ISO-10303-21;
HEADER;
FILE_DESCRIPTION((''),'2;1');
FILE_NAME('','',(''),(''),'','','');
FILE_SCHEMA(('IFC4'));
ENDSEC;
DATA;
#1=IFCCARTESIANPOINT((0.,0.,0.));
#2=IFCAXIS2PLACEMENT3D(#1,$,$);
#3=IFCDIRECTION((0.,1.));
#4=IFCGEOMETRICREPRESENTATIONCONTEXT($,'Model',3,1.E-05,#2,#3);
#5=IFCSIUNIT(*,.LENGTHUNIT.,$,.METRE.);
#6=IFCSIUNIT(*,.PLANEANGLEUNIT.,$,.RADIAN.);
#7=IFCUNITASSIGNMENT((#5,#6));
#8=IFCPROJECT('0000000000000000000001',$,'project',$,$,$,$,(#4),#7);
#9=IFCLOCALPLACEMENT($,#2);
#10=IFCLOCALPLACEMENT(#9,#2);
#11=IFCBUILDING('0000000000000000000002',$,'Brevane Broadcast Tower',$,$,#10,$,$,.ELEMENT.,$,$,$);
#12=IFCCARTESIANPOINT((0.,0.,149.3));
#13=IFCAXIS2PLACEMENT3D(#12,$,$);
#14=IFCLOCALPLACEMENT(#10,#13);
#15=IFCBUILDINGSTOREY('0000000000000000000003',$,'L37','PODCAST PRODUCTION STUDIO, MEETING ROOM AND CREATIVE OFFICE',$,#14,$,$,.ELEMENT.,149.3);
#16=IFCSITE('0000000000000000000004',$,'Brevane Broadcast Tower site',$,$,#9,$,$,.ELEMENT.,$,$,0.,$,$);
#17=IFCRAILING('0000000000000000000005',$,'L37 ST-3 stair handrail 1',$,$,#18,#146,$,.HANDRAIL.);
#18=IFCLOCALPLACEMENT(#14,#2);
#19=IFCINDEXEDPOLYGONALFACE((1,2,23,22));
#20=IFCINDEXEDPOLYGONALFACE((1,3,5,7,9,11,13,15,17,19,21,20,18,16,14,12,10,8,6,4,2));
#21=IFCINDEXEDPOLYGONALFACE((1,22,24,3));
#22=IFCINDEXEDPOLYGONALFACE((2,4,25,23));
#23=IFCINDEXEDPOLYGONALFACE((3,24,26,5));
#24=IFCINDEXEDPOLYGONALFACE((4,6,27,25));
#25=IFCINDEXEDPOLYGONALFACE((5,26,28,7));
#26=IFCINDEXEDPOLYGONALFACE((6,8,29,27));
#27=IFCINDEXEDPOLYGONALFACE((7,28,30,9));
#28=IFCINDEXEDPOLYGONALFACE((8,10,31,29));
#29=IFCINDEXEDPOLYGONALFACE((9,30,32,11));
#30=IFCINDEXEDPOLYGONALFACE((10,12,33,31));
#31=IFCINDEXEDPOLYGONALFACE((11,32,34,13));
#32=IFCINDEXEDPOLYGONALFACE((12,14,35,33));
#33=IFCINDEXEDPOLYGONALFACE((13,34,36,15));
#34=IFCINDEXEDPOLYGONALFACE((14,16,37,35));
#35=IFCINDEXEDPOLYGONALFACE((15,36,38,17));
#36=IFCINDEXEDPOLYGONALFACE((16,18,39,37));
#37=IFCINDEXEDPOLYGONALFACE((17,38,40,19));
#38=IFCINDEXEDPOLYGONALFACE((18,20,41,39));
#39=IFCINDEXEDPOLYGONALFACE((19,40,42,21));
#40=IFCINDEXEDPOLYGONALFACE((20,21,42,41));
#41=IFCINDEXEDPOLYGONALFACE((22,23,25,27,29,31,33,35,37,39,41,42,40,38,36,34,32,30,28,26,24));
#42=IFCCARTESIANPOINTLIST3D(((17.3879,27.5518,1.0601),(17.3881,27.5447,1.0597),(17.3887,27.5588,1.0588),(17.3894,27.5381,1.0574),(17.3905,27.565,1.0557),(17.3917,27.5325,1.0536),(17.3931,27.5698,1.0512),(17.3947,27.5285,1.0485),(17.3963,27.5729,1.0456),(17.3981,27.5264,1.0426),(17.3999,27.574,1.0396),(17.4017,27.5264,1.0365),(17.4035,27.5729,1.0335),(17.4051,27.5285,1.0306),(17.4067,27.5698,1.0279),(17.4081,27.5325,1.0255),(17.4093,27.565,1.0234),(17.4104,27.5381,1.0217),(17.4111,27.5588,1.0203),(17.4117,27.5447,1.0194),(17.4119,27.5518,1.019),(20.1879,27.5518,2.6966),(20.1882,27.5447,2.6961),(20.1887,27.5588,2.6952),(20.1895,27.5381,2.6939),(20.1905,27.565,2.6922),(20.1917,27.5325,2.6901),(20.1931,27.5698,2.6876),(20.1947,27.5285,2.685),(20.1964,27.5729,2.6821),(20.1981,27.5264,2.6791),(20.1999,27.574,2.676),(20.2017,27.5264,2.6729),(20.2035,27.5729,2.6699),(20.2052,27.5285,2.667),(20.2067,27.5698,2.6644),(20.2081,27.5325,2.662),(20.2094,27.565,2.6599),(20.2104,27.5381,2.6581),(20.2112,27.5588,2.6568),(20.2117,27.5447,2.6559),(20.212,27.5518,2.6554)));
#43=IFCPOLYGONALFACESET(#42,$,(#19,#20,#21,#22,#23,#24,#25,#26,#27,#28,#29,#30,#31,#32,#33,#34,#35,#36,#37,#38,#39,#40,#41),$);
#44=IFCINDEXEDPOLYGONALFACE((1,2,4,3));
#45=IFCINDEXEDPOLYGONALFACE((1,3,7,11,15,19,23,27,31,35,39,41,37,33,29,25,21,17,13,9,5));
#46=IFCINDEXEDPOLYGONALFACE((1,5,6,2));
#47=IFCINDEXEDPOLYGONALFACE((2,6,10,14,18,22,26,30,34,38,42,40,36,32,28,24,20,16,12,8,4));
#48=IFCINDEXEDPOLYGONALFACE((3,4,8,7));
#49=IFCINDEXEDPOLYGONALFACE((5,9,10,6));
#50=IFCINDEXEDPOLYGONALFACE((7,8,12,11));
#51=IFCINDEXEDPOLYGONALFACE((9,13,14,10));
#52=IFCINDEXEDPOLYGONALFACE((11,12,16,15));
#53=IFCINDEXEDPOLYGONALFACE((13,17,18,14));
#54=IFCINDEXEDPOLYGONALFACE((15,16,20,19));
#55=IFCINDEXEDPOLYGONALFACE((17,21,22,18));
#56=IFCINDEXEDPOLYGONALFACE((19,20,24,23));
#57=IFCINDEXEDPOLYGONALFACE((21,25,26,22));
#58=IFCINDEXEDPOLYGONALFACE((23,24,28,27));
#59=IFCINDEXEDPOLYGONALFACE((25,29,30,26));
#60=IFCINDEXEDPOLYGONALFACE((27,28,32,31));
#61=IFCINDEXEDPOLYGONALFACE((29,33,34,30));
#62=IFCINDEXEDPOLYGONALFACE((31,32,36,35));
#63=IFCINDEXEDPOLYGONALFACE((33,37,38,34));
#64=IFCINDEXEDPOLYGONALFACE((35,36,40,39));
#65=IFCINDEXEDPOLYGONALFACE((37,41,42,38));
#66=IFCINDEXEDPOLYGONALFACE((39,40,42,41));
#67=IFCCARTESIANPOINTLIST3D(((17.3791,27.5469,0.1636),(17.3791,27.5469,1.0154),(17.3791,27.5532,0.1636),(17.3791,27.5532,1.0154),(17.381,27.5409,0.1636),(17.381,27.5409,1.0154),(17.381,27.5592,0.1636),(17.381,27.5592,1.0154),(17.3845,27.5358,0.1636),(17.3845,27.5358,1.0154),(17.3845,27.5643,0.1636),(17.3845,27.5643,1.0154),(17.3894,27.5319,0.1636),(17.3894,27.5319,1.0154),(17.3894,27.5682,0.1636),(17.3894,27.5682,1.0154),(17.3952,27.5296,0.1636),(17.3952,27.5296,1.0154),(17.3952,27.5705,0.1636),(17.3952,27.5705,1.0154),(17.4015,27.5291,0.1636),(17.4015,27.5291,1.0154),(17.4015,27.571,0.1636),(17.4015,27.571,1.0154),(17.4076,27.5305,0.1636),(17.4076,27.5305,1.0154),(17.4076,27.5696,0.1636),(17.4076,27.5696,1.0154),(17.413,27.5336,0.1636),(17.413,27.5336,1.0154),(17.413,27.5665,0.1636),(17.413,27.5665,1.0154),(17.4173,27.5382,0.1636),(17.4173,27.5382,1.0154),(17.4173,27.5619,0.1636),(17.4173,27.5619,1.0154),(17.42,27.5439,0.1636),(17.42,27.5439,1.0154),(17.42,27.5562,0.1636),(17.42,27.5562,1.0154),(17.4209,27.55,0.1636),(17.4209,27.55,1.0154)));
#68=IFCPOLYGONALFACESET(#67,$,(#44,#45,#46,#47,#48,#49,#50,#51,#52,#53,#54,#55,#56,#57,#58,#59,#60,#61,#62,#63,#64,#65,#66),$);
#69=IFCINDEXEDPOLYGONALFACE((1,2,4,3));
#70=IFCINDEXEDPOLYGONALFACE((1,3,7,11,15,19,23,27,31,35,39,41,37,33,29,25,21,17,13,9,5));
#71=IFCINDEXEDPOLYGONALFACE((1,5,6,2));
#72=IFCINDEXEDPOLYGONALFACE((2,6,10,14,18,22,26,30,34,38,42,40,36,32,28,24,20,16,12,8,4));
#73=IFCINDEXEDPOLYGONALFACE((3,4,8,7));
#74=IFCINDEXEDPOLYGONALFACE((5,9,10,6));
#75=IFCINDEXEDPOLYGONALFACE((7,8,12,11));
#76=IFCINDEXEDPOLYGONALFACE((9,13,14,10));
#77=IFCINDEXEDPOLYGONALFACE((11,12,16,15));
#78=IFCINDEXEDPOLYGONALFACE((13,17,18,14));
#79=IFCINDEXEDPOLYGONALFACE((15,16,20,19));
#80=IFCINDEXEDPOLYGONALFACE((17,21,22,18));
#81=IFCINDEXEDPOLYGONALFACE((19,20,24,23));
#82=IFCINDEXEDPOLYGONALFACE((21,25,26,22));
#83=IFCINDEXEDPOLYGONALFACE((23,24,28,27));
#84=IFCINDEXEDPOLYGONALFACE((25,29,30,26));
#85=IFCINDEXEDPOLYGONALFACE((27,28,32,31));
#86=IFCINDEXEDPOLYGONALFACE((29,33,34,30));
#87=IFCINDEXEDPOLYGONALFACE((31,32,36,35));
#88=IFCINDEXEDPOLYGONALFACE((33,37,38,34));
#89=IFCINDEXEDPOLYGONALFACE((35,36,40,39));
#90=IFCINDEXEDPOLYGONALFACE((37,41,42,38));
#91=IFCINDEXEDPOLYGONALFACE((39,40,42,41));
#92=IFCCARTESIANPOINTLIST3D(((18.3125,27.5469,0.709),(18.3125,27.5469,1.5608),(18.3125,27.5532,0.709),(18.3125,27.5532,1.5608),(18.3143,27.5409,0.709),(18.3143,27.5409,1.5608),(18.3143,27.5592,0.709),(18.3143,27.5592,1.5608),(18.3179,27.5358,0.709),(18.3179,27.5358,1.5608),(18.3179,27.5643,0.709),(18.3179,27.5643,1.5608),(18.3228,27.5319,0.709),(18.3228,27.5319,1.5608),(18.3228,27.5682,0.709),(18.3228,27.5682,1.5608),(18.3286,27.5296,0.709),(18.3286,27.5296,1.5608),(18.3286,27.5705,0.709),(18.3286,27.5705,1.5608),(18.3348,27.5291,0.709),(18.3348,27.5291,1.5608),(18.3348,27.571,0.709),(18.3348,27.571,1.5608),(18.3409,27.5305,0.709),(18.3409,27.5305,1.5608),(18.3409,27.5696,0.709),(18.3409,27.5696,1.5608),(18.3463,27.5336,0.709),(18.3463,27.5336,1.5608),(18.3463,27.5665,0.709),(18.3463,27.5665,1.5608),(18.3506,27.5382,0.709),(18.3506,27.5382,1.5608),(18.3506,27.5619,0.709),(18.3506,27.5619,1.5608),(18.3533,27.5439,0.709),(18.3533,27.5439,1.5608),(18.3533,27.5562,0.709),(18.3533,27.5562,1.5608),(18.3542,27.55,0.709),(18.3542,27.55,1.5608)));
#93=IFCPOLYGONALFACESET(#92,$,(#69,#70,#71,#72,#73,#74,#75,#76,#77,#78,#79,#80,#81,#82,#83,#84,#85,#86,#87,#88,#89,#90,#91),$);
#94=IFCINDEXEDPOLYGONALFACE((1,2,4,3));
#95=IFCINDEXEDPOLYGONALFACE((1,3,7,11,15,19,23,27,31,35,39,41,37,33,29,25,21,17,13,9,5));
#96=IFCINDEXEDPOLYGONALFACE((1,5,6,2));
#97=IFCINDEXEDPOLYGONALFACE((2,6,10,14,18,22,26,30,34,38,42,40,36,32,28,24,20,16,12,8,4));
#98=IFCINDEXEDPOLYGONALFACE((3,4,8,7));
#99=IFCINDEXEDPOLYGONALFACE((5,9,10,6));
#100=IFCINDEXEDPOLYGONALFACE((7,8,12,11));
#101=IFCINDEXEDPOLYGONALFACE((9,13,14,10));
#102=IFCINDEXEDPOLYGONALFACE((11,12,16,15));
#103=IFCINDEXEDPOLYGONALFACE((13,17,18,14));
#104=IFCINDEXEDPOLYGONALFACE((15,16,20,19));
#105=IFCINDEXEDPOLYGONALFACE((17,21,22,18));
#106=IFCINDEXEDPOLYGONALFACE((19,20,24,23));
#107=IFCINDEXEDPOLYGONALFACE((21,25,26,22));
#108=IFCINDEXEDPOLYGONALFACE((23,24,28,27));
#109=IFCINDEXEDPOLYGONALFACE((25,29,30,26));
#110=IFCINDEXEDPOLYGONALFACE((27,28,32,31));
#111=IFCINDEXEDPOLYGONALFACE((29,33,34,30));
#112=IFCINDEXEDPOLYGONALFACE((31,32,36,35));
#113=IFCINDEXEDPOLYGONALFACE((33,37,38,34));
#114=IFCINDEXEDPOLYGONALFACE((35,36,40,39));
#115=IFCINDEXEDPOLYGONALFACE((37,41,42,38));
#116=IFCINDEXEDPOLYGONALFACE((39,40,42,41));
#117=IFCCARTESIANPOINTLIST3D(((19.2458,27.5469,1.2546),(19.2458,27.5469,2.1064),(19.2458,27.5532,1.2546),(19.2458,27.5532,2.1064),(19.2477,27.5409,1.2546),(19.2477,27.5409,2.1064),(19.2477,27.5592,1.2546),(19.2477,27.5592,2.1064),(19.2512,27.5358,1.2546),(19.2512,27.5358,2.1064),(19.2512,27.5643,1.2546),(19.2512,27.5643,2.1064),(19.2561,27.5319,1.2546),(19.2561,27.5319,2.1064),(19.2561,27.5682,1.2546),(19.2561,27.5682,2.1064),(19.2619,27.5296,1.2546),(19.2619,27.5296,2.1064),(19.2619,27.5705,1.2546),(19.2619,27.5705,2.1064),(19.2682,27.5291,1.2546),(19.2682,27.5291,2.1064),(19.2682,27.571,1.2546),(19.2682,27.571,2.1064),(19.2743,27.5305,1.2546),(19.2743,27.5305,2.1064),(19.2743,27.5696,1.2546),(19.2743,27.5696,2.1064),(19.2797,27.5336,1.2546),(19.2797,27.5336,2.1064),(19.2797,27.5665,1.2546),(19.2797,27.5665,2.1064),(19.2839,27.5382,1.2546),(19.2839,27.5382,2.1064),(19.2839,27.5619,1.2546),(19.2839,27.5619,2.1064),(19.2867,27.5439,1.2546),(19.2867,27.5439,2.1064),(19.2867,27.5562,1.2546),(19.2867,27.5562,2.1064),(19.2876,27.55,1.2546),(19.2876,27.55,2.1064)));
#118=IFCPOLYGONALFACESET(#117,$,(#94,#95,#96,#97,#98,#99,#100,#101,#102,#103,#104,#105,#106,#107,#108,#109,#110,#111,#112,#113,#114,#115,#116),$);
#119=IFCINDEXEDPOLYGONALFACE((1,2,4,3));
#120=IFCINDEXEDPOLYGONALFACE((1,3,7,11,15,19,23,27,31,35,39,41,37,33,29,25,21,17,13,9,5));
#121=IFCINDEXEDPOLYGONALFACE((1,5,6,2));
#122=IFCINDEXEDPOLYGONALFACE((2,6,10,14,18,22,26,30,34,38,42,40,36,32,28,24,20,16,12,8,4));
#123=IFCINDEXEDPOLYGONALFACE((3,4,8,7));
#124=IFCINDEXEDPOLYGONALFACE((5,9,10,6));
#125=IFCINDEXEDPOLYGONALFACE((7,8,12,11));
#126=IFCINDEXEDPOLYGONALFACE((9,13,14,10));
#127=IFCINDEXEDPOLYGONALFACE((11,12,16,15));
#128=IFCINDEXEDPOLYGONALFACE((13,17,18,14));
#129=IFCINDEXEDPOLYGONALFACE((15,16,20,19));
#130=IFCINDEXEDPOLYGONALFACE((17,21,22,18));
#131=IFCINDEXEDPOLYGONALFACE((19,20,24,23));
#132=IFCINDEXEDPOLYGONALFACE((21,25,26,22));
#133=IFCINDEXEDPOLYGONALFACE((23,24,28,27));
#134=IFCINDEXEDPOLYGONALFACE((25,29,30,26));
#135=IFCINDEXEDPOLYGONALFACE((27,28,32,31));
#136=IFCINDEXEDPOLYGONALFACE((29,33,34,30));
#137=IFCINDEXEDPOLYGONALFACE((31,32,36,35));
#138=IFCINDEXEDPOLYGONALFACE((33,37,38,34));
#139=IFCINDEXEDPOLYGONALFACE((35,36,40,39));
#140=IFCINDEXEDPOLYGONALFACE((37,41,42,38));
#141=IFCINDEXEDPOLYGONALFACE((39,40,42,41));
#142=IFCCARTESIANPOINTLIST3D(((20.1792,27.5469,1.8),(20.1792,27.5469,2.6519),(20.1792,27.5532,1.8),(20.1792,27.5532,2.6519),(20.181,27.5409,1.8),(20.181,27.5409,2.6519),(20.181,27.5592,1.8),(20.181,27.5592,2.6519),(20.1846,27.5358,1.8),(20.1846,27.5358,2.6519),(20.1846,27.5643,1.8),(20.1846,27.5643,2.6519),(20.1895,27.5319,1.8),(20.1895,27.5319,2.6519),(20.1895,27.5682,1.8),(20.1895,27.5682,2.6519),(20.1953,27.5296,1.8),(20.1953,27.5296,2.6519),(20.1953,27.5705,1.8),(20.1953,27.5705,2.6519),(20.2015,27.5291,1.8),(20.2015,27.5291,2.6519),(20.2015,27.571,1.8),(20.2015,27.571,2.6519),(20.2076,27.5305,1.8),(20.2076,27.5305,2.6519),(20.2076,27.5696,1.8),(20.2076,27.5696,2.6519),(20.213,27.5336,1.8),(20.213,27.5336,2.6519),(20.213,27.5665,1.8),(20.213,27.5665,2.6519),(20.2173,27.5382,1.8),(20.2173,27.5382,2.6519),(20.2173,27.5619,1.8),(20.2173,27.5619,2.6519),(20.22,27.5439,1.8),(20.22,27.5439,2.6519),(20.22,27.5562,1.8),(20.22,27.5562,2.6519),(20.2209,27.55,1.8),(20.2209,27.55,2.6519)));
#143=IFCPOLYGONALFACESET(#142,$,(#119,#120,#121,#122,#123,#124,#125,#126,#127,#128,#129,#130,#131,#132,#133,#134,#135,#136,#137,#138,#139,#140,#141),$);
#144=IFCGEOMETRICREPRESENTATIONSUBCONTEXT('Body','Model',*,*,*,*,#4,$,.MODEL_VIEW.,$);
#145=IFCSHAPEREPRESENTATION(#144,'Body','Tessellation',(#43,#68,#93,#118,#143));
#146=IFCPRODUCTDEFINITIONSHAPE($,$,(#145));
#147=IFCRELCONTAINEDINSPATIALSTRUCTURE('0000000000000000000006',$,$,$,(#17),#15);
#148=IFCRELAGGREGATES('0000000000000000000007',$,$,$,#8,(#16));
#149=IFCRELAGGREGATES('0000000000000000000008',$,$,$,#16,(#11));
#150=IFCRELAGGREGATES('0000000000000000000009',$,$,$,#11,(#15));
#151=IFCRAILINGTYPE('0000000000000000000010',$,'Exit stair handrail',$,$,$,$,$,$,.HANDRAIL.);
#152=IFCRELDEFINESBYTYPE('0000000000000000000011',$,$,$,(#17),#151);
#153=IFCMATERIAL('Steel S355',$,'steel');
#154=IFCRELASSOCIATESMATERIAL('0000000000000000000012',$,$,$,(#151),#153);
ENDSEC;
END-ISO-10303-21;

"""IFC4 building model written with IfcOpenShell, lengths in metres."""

from ifc_helpers import new_model, si_unit, direction, frame, origin, origin_2d, place, context, subcontext, project, spatial, circle, extrude, material, type_object, element, save


model = new_model("IFC4")

# Units and contexts
model_context = context("Model", 3, precision=1e-05, world=origin(), true_north=direction((0.0, 1.0)))
body_context = subcontext(model_context, "Body", "Model", "MODEL_VIEW")
ifc_project = project(units=[si_unit("LENGTHUNIT", "METRE"), si_unit("PLANEANGLEUNIT", "RADIAN")], contexts=[model_context])

# Site, building, storey
site_placement = place(None, origin())
site = spatial("IfcSite", under=ifc_project, at=site_placement, Name="Brevane Broadcast Tower site", CompositionType="ELEMENT", RefElevation=0.0)
building_placement = place(site_placement, origin())
building = spatial("IfcBuilding", under=site, at=building_placement, Name="Brevane Broadcast Tower", CompositionType="ELEMENT")
storey_placement = place(building_placement, frame((0.0, 0.0, 149.3)))
storey = spatial("IfcBuildingStorey", under=building, at=storey_placement, Name="L37", Description="PODCAST PRODUCTION STUDIO, MEETING ROOM AND CREATIVE OFFICE", CompositionType="ELEMENT", Elevation=149.3)

# Railing
ifc_material_1 = material(Name="Steel S355", Category="steel")
railing_type_1 = type_object("IfcRailingType", Name="Exit stair handrail", PredefinedType="HANDRAIL", material=ifc_material_1)
railing_1_placement = place(storey_placement, frame((17.3999, 27.55, 0.1636)))
element("IfcRailing", 1, at=railing_1_placement, inside=storey, type_object=railing_type_1, Name="L37 ST-3 stair handrail 1", PredefinedType="HANDRAIL", context=body_context, shape_type="SweptSolid", body=[
    extrude(circle(Radius=0.0239, at=origin_2d()), frame((0.0, 0.0, 0.876), z_axis=(0.863361, 0.0, 0.504587), x_axis=(0.0, 1.0, 0.0)), (0.0, 0.0, 1.0), 3.2432),
    extrude(circle(Radius=0.021, at=origin_2d()), origin(), (0.0, 0.0, 1.0), 0.8518),
    extrude(circle(Radius=0.021, at=origin_2d()), frame((0.9333, 0.0, 0.5454)), (0.0, 0.0, 1.0), 0.8518),
    extrude(circle(Radius=0.021, at=origin_2d()), frame((1.8667, 0.0, 1.0911)), (0.0, 0.0, 1.0), 0.8518),
    extrude(circle(Radius=0.021, at=origin_2d()), frame((2.8, 0.0, 1.6365)), (0.0, 0.0, 1.0), 0.8518),
])

save(model, "model.ifc")
